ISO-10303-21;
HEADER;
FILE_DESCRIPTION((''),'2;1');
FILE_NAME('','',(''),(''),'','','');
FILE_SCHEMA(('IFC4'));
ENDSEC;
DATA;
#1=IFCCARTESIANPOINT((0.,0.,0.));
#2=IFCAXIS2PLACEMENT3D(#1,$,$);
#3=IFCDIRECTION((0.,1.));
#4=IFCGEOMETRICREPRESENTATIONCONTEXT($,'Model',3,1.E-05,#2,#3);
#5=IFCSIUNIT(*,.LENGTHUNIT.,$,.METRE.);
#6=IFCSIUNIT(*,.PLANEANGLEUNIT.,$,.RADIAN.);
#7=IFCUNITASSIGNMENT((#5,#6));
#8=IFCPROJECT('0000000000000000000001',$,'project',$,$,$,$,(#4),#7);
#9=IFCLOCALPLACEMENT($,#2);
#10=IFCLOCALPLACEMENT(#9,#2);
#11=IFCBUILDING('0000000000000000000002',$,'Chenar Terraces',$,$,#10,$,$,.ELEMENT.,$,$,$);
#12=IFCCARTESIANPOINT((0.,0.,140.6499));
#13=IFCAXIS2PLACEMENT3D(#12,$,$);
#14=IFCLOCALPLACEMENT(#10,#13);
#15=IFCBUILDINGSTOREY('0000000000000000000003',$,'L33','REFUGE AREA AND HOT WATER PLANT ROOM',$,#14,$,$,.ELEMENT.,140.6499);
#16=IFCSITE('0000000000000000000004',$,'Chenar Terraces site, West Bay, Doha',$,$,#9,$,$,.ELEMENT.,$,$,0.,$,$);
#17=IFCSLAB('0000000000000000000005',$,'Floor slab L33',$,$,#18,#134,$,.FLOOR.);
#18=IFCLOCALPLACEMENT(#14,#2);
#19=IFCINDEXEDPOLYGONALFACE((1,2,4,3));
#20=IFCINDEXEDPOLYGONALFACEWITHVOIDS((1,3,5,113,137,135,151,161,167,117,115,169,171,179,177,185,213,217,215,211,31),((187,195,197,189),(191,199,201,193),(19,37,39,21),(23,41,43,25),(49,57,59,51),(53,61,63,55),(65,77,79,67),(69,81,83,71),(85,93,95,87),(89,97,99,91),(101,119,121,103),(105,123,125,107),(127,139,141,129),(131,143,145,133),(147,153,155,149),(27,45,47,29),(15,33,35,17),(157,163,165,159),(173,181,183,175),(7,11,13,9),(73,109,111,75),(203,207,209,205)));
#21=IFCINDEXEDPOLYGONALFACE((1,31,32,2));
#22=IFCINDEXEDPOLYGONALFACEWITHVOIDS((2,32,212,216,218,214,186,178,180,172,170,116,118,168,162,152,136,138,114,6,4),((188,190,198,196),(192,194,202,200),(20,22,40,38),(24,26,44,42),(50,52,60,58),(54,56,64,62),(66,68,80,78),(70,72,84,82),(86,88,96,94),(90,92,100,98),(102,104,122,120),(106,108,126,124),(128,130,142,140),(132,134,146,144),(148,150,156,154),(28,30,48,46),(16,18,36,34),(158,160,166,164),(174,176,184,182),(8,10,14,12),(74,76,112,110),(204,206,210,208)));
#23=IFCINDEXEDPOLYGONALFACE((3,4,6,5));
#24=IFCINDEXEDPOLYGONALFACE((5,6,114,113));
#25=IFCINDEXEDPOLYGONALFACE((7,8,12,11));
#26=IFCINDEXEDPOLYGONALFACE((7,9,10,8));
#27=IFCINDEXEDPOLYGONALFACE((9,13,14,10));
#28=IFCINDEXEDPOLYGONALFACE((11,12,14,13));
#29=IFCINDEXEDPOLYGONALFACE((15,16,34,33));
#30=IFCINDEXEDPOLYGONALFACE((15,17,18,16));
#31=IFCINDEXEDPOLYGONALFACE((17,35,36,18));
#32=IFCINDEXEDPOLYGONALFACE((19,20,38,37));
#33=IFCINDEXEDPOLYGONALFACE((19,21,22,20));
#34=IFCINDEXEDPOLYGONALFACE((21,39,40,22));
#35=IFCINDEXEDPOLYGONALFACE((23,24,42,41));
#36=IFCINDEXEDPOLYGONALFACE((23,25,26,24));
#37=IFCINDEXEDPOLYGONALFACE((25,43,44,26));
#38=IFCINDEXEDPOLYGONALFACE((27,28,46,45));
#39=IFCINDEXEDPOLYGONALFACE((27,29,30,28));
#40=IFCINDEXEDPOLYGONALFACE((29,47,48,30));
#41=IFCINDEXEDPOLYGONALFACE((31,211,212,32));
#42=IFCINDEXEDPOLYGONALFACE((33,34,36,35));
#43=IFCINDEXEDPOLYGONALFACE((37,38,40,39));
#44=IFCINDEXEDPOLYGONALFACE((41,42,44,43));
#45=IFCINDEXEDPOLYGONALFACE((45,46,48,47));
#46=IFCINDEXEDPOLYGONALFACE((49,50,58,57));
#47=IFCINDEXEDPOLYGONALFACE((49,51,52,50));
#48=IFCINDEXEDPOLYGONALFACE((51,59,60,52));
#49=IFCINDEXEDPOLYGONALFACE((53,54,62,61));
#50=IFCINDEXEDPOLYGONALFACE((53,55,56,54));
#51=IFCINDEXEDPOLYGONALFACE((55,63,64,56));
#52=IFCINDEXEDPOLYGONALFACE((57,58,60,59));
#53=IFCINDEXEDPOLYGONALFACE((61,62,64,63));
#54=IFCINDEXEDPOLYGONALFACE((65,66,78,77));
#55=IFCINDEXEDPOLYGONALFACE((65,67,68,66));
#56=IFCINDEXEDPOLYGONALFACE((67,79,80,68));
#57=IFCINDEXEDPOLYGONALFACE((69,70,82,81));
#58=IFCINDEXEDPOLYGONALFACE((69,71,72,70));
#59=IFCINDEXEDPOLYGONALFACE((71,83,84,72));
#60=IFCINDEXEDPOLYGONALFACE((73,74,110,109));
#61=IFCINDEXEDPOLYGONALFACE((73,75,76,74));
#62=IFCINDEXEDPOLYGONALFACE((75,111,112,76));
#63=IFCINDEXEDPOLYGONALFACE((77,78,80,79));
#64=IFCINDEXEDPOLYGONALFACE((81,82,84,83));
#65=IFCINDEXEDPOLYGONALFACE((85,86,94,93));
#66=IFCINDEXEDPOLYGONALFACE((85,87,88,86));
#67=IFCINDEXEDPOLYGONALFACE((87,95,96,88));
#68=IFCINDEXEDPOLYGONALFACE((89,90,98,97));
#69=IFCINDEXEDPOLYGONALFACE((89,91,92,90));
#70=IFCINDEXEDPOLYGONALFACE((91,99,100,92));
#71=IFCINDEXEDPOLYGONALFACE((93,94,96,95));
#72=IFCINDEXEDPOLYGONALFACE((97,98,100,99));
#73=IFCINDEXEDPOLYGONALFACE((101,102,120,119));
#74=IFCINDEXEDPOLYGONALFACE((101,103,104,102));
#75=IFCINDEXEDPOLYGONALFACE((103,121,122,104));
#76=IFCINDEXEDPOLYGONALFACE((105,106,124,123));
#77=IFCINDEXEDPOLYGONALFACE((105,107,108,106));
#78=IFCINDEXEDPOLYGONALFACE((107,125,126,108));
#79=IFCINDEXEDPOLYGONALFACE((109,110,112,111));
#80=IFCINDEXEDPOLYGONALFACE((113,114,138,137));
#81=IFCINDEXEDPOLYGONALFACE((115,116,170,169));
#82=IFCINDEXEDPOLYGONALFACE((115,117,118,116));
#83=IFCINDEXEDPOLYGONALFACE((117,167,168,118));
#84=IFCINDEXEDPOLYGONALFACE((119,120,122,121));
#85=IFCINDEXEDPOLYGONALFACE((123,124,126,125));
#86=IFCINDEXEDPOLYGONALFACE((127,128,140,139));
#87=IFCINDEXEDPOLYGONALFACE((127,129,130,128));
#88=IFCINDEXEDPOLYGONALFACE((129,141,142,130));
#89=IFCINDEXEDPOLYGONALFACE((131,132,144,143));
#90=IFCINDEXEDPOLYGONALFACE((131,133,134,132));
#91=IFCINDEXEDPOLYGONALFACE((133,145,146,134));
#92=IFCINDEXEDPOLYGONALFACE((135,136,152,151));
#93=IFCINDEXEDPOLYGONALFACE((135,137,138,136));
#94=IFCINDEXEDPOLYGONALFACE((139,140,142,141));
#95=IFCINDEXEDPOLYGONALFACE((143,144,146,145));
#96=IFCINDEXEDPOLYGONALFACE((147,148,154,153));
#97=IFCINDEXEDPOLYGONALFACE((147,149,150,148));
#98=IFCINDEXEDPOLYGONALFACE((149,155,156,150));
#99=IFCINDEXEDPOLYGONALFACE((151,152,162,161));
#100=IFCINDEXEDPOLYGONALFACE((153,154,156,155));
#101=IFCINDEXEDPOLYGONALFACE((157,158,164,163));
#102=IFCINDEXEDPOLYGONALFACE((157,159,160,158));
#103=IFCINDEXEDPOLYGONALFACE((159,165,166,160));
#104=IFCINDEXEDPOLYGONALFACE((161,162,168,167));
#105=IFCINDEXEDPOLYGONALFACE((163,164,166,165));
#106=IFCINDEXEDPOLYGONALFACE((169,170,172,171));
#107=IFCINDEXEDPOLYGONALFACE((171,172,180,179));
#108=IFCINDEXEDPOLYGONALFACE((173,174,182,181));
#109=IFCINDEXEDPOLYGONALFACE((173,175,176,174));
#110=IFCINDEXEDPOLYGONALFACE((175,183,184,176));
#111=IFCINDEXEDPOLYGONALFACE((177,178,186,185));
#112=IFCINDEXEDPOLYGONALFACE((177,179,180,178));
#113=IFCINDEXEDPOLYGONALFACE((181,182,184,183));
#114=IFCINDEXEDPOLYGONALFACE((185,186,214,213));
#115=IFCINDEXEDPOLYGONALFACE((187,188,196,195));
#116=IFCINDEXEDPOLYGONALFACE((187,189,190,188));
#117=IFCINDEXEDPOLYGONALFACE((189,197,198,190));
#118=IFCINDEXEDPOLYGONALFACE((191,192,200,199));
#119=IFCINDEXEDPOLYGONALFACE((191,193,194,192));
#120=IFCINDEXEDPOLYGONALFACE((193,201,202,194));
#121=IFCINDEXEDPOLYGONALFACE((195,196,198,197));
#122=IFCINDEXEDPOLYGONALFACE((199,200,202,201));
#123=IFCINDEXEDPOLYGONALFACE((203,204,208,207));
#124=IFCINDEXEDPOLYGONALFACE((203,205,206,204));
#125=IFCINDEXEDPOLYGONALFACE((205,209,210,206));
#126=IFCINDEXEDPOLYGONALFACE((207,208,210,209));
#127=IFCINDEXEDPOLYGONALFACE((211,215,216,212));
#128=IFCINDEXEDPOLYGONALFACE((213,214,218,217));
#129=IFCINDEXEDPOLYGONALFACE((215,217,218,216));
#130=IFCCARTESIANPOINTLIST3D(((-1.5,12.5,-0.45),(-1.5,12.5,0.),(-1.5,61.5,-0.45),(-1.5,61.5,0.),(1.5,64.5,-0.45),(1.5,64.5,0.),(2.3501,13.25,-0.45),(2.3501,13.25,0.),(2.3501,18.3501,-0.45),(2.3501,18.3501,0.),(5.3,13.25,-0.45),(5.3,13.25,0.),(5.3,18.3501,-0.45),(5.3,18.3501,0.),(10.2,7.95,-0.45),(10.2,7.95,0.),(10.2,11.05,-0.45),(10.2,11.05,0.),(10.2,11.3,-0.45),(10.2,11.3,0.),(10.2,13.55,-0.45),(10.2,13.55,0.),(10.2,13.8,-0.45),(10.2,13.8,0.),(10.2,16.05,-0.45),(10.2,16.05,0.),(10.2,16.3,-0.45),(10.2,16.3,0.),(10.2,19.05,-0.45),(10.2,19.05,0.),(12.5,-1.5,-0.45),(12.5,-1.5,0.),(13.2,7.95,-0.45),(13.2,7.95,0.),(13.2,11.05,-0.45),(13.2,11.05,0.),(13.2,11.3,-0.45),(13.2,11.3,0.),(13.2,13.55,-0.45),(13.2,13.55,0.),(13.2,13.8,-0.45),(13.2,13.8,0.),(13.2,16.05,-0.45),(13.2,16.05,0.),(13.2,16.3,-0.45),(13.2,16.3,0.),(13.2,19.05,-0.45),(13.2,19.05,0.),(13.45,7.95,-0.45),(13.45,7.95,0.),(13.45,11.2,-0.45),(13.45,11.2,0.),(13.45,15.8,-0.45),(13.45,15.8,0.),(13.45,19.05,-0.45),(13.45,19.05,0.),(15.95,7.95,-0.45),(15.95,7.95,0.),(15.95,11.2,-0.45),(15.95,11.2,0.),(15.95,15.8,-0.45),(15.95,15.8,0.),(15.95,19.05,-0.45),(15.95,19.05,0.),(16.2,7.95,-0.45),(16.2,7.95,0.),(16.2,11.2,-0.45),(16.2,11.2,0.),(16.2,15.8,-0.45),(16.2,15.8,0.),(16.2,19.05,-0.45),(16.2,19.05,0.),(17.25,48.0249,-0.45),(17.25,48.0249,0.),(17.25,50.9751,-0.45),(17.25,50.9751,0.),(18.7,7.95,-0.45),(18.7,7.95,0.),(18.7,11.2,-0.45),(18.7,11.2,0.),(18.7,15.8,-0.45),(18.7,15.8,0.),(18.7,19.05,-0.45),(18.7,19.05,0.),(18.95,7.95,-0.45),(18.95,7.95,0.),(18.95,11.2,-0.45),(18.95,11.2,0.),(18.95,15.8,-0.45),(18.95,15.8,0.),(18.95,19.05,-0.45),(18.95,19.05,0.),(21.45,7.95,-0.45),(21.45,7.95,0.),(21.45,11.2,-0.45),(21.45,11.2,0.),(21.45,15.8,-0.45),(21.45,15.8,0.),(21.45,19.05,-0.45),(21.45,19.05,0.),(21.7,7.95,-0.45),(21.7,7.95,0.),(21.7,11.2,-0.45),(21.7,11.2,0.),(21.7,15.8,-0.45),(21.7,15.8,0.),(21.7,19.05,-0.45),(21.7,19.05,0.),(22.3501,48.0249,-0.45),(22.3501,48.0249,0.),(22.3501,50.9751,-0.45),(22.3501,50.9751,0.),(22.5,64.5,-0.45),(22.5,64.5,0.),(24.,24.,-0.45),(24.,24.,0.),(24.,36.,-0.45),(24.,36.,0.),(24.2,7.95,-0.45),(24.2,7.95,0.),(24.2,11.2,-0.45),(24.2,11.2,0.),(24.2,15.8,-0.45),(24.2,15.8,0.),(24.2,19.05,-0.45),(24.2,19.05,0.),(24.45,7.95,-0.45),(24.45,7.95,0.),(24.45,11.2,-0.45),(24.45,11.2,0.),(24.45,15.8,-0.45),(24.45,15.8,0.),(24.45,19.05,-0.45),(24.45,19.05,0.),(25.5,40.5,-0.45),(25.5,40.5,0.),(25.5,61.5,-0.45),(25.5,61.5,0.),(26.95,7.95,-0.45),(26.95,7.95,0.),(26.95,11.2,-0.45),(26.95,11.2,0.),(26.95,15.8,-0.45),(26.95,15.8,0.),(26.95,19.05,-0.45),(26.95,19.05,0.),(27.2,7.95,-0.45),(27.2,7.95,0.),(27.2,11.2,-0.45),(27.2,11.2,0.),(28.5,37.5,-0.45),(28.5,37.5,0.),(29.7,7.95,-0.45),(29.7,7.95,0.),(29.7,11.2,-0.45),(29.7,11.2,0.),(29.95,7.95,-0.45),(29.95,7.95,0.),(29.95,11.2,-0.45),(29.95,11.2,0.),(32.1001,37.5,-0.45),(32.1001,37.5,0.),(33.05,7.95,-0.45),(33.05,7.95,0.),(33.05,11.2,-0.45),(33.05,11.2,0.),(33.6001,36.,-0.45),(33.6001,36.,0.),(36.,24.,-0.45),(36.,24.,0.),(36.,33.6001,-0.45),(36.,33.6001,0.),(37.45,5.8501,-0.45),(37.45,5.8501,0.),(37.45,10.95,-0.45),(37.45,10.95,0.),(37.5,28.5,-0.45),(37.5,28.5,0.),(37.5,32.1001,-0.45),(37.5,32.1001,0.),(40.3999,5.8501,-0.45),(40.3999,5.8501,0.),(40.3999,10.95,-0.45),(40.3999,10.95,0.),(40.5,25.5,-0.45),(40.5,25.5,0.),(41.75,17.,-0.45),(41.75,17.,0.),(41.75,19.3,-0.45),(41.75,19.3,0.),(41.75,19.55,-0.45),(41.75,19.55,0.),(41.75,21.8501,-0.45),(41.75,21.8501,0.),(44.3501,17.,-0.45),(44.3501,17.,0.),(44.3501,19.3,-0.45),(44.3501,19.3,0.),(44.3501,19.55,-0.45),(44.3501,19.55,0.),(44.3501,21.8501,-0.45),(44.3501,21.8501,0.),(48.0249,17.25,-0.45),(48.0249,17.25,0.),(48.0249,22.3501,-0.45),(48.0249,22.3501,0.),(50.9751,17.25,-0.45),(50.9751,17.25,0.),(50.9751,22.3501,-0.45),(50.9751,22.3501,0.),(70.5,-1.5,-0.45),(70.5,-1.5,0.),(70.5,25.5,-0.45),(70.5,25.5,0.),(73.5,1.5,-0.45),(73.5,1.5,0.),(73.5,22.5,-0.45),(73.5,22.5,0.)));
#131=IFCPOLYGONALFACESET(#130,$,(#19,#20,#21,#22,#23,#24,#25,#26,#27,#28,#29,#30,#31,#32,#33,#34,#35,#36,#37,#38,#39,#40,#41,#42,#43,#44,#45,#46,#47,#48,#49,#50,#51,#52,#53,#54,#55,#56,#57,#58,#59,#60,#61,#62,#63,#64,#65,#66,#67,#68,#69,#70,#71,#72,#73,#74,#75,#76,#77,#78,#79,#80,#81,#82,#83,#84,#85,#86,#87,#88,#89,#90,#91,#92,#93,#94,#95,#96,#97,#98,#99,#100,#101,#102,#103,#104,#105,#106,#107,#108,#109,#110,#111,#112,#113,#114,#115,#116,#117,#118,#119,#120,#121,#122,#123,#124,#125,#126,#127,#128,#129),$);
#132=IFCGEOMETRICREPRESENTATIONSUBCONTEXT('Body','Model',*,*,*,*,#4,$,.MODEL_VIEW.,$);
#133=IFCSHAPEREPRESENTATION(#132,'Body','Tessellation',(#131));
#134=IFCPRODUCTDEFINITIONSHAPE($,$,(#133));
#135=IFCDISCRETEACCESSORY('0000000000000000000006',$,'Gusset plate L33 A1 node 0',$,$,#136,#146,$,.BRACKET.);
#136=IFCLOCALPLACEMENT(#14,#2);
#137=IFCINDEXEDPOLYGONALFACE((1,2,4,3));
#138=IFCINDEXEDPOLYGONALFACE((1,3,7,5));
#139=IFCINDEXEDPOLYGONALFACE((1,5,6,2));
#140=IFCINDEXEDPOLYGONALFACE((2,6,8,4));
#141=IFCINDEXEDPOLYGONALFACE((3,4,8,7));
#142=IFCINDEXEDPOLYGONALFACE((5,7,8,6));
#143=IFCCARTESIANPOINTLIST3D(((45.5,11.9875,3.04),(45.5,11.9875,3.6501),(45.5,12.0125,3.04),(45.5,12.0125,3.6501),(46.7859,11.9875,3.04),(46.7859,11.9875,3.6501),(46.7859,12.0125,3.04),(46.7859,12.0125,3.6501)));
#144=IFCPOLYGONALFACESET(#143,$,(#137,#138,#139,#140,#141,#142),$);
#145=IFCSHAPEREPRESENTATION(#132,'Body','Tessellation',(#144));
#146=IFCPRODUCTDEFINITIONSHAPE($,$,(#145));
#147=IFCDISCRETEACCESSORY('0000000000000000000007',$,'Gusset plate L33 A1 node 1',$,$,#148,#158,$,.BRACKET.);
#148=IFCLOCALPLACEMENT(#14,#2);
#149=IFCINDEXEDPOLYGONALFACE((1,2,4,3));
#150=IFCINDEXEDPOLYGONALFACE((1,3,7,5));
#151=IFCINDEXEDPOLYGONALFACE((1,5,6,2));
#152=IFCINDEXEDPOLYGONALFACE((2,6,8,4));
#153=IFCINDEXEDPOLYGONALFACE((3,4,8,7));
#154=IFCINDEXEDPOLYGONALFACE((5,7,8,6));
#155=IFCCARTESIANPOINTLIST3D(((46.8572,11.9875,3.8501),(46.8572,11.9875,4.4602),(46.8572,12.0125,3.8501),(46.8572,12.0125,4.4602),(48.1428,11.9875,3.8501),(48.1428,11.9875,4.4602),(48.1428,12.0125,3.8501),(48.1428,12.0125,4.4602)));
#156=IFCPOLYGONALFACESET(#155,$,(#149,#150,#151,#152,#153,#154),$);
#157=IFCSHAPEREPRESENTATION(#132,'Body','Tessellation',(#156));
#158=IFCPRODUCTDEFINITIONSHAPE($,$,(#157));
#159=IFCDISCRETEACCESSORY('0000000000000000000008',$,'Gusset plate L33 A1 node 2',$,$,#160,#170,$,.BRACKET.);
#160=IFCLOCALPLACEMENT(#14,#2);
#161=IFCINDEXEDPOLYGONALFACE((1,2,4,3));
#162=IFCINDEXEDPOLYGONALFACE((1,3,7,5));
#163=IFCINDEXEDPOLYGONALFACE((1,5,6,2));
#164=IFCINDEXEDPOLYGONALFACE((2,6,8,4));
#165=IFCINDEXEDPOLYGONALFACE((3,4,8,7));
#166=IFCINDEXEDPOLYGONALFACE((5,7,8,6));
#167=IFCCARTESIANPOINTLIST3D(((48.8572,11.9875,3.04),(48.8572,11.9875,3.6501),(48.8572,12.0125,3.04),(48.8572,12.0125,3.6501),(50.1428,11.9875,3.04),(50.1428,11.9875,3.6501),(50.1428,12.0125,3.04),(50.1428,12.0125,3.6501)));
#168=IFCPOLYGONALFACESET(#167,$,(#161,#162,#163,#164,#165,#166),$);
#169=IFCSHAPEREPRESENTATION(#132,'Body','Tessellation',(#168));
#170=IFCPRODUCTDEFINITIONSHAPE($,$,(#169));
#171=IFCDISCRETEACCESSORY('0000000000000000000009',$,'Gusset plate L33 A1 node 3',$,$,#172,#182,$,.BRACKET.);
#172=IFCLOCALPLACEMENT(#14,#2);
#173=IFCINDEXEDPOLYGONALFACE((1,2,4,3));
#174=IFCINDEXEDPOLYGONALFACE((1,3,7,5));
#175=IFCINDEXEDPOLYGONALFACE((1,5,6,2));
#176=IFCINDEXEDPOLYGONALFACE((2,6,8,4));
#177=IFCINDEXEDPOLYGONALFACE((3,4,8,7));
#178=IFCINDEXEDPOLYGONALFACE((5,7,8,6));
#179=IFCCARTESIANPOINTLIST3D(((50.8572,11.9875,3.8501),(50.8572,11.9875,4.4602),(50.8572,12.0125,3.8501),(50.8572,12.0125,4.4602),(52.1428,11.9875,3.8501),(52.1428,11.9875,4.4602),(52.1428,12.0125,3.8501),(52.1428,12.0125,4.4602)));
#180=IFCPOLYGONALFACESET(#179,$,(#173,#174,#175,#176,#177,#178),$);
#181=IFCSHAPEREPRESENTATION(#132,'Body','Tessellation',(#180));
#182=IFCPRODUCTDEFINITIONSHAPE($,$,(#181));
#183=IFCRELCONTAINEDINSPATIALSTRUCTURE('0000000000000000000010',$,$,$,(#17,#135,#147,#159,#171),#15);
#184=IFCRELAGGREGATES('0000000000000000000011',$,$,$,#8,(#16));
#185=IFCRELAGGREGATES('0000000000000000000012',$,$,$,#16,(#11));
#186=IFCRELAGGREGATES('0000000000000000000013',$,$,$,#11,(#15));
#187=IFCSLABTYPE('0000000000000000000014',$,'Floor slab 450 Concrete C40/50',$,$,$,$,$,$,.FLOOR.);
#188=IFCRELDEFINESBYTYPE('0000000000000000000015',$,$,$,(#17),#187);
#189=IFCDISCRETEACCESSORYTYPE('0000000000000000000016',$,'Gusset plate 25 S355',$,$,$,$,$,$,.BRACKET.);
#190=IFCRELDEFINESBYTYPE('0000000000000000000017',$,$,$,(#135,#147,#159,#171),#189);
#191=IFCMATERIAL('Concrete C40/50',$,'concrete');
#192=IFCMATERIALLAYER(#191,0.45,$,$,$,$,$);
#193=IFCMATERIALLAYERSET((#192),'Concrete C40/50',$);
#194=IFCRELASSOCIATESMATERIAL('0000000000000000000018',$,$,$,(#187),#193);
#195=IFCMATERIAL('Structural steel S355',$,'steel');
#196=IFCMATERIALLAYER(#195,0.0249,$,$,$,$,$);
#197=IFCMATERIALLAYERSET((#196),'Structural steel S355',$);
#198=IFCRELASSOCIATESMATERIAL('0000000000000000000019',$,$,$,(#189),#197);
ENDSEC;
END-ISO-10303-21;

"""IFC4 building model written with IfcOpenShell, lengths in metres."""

from ifc_helpers import new_model, si_unit, direction, frame, origin, place, context, subcontext, project, spatial, polyline, outline, extrude, material, layer, layer_set, type_object, element, save


model = new_model("IFC4")

# Units and contexts
model_context = context("Model", 3, precision=1e-05, world=origin(), true_north=direction((0.0, 1.0)))
body_context = subcontext(model_context, "Body", "Model", "MODEL_VIEW")
ifc_project = project(units=[si_unit("LENGTHUNIT", "METRE"), si_unit("PLANEANGLEUNIT", "RADIAN")], contexts=[model_context])

# Site, building, storey
site_placement = place(None, origin())
site = spatial("IfcSite", under=ifc_project, at=site_placement, Name="Chenar Terraces site, West Bay, Doha", CompositionType="ELEMENT", RefElevation=0.0)
building_placement = place(site_placement, origin())
building = spatial("IfcBuilding", under=site, at=building_placement, Name="Chenar Terraces", CompositionType="ELEMENT")
storey_placement = place(building_placement, frame((0.0, 0.0, 140.6499)))
storey = spatial("IfcBuildingStorey", under=building, at=storey_placement, Name="L33", Description="REFUGE AREA AND HOT WATER PLANT ROOM", CompositionType="ELEMENT", Elevation=140.6499)

# Slab
ifc_material_1 = material(Name="Concrete C40/50", Category="concrete")
ifc_layer_1 = layer(ifc_material_1, 0.45)
ifc_layer_set_1 = layer_set([ifc_layer_1], Name="Concrete C40/50")
slab_type = type_object("IfcSlabType", Name="Floor slab 450 Concrete C40/50", PredefinedType="FLOOR", material=ifc_layer_set_1)
slab_placement = place(storey_placement, frame((0.0, 0.0, -0.45)))
element("IfcSlab", 1, at=slab_placement, inside=storey, type_object=slab_type, Name="Floor slab L33", PredefinedType="FLOOR", context=body_context, shape_type="SweptSolid", body=[
    extrude(outline(polyline([(73.5, 22.5), (73.5, 1.5), (70.5, -1.5), (12.5, -1.5), (-1.5, 12.5), (-1.5, 61.5), (1.5, 64.5), (22.5, 64.5), (25.5, 61.5), (25.5, 40.5), (28.5, 37.5), (32.1001, 37.5), (33.6001, 36.0), (24.0, 36.0), (24.0, 24.0), (36.0, 24.0), (36.0, 33.6001), (37.5, 32.1001), (37.5, 28.5), (40.5, 25.5), (70.5, 25.5), (73.5, 22.5)]), holes=[polyline([(13.2, 11.05), (10.2, 11.05), (10.2, 7.95), (13.2, 7.95), (13.2, 11.05)]), polyline([(15.95, 11.2), (13.45, 11.2), (13.45, 7.95), (15.95, 7.95), (15.95, 11.2)]), polyline([(18.7, 11.2), (16.2, 11.2), (16.2, 7.95), (18.7, 7.95), (18.7, 11.2)]), polyline([(21.45, 7.95), (21.45, 11.2), (18.95, 11.2), (18.95, 7.95), (21.45, 7.95)]), polyline([(13.2, 11.3), (13.2, 13.55), (10.2, 13.55), (10.2, 11.3), (13.2, 11.3)]), polyline([(13.2, 16.05), (10.2, 16.05), (10.2, 13.8), (13.2, 13.8), (13.2, 16.05)]), polyline([(2.3501, 18.3501), (2.3501, 13.25), (5.3, 13.25), (5.3, 18.3501), (2.3501, 18.3501)]), polyline([(15.95, 15.8), (15.95, 19.05), (13.45, 19.05), (13.45, 15.8), (15.95, 15.8)]), polyline([(18.7, 19.05), (16.2, 19.05), (16.2, 15.8), (18.7, 15.8), (18.7, 19.05)]), polyline([(21.45, 15.8), (21.45, 19.05), (18.95, 19.05), (18.95, 15.8), (21.45, 15.8)]), polyline([(13.2, 16.3), (13.2, 19.05), (10.2, 19.05), (10.2, 16.3), (13.2, 16.3)]), polyline([(22.3501, 48.0249), (22.3501, 50.9751), (17.25, 50.9751), (17.25, 48.0249), (22.3501, 48.0249)]), polyline([(37.45, 10.95), (37.45, 5.8501), (40.3999, 5.8501), (40.3999, 10.95), (37.45, 10.95)]), polyline([(24.2, 7.95), (24.2, 11.2), (21.7, 11.2), (21.7, 7.95), (24.2, 7.95)]), polyline([(26.95, 11.2), (24.45, 11.2), (24.45, 7.95), (26.95, 7.95), (26.95, 11.2)]), polyline([(29.7, 7.95), (29.7, 11.2), (27.2, 11.2), (27.2, 7.95), (29.7, 7.95)]), polyline([(33.05, 7.95), (33.05, 11.2), (29.95, 11.2), (29.95, 7.95), (33.05, 7.95)]), polyline([(24.2, 19.05), (21.7, 19.05), (21.7, 15.8), (24.2, 15.8), (24.2, 19.05)]), polyline([(26.95, 15.8), (26.95, 19.05), (24.45, 19.05), (24.45, 15.8), (26.95, 15.8)]), polyline([(44.3501, 17.0), (44.3501, 19.3), (41.75, 19.3), (41.75, 17.0), (44.3501, 17.0)]), polyline([(50.9751, 22.3501), (48.0249, 22.3501), (48.0249, 17.25), (50.9751, 17.25), (50.9751, 22.3501)]), polyline([(44.3501, 19.55), (44.3501, 21.8501), (41.75, 21.8501), (41.75, 19.55), (44.3501, 19.55)])]), origin(), (0.0, 0.0, 1.0), 0.45),
])

# Discrete accessories
ifc_material_2 = material(Name="Structural steel S355", Category="steel")
ifc_layer_2 = layer(ifc_material_2, 0.0249)
ifc_layer_set_2 = layer_set([ifc_layer_2], Name="Structural steel S355")
discrete_accessory_type = type_object("IfcDiscreteAccessoryType", Name="Gusset plate 25 S355", PredefinedType="BRACKET", material=ifc_layer_set_2)
placement_1 = place(storey_placement, frame((0.0, 0.0, 3.04)))
element("IfcDiscreteAccessory", 2, at=placement_1, inside=storey, type_object=discrete_accessory_type, Name="Gusset plate L33 A1 node 0", PredefinedType="BRACKET", context=body_context, shape_type="SweptSolid", body=[
    extrude(outline(polyline([(45.5, 11.9875), (46.7859, 11.9875), (46.7859, 12.0125), (45.5, 12.0125), (45.5, 11.9875)])), origin(), (0.0, 0.0, 1.0), 0.6101),
])
placement_2 = place(storey_placement, frame((0.0, 0.0, 3.8501)))
element("IfcDiscreteAccessory", 3, at=placement_2, inside=storey, type_object=discrete_accessory_type, Name="Gusset plate L33 A1 node 1", PredefinedType="BRACKET", context=body_context, shape_type="SweptSolid", body=[
    extrude(outline(polyline([(46.8572, 11.9875), (48.1428, 11.9875), (48.1428, 12.0125), (46.8572, 12.0125), (46.8572, 11.9875)])), origin(), (0.0, 0.0, 1.0), 0.6101),
])
element("IfcDiscreteAccessory", 4, at=placement_1, inside=storey, type_object=discrete_accessory_type, Name="Gusset plate L33 A1 node 2", PredefinedType="BRACKET", context=body_context, shape_type="SweptSolid", body=[
    extrude(outline(polyline([(48.8572, 11.9875), (50.1428, 11.9875), (50.1428, 12.0125), (48.8572, 12.0125), (48.8572, 11.9875)])), origin(), (0.0, 0.0, 1.0), 0.6101),
])
element("IfcDiscreteAccessory", 5, at=placement_2, inside=storey, type_object=discrete_accessory_type, Name="Gusset plate L33 A1 node 3", PredefinedType="BRACKET", context=body_context, shape_type="SweptSolid", body=[
    extrude(outline(polyline([(50.8572, 11.9875), (52.1428, 11.9875), (52.1428, 12.0125), (50.8572, 12.0125), (50.8572, 11.9875)])), origin(), (0.0, 0.0, 1.0), 0.6101),
])

save(model, "model.ifc")
